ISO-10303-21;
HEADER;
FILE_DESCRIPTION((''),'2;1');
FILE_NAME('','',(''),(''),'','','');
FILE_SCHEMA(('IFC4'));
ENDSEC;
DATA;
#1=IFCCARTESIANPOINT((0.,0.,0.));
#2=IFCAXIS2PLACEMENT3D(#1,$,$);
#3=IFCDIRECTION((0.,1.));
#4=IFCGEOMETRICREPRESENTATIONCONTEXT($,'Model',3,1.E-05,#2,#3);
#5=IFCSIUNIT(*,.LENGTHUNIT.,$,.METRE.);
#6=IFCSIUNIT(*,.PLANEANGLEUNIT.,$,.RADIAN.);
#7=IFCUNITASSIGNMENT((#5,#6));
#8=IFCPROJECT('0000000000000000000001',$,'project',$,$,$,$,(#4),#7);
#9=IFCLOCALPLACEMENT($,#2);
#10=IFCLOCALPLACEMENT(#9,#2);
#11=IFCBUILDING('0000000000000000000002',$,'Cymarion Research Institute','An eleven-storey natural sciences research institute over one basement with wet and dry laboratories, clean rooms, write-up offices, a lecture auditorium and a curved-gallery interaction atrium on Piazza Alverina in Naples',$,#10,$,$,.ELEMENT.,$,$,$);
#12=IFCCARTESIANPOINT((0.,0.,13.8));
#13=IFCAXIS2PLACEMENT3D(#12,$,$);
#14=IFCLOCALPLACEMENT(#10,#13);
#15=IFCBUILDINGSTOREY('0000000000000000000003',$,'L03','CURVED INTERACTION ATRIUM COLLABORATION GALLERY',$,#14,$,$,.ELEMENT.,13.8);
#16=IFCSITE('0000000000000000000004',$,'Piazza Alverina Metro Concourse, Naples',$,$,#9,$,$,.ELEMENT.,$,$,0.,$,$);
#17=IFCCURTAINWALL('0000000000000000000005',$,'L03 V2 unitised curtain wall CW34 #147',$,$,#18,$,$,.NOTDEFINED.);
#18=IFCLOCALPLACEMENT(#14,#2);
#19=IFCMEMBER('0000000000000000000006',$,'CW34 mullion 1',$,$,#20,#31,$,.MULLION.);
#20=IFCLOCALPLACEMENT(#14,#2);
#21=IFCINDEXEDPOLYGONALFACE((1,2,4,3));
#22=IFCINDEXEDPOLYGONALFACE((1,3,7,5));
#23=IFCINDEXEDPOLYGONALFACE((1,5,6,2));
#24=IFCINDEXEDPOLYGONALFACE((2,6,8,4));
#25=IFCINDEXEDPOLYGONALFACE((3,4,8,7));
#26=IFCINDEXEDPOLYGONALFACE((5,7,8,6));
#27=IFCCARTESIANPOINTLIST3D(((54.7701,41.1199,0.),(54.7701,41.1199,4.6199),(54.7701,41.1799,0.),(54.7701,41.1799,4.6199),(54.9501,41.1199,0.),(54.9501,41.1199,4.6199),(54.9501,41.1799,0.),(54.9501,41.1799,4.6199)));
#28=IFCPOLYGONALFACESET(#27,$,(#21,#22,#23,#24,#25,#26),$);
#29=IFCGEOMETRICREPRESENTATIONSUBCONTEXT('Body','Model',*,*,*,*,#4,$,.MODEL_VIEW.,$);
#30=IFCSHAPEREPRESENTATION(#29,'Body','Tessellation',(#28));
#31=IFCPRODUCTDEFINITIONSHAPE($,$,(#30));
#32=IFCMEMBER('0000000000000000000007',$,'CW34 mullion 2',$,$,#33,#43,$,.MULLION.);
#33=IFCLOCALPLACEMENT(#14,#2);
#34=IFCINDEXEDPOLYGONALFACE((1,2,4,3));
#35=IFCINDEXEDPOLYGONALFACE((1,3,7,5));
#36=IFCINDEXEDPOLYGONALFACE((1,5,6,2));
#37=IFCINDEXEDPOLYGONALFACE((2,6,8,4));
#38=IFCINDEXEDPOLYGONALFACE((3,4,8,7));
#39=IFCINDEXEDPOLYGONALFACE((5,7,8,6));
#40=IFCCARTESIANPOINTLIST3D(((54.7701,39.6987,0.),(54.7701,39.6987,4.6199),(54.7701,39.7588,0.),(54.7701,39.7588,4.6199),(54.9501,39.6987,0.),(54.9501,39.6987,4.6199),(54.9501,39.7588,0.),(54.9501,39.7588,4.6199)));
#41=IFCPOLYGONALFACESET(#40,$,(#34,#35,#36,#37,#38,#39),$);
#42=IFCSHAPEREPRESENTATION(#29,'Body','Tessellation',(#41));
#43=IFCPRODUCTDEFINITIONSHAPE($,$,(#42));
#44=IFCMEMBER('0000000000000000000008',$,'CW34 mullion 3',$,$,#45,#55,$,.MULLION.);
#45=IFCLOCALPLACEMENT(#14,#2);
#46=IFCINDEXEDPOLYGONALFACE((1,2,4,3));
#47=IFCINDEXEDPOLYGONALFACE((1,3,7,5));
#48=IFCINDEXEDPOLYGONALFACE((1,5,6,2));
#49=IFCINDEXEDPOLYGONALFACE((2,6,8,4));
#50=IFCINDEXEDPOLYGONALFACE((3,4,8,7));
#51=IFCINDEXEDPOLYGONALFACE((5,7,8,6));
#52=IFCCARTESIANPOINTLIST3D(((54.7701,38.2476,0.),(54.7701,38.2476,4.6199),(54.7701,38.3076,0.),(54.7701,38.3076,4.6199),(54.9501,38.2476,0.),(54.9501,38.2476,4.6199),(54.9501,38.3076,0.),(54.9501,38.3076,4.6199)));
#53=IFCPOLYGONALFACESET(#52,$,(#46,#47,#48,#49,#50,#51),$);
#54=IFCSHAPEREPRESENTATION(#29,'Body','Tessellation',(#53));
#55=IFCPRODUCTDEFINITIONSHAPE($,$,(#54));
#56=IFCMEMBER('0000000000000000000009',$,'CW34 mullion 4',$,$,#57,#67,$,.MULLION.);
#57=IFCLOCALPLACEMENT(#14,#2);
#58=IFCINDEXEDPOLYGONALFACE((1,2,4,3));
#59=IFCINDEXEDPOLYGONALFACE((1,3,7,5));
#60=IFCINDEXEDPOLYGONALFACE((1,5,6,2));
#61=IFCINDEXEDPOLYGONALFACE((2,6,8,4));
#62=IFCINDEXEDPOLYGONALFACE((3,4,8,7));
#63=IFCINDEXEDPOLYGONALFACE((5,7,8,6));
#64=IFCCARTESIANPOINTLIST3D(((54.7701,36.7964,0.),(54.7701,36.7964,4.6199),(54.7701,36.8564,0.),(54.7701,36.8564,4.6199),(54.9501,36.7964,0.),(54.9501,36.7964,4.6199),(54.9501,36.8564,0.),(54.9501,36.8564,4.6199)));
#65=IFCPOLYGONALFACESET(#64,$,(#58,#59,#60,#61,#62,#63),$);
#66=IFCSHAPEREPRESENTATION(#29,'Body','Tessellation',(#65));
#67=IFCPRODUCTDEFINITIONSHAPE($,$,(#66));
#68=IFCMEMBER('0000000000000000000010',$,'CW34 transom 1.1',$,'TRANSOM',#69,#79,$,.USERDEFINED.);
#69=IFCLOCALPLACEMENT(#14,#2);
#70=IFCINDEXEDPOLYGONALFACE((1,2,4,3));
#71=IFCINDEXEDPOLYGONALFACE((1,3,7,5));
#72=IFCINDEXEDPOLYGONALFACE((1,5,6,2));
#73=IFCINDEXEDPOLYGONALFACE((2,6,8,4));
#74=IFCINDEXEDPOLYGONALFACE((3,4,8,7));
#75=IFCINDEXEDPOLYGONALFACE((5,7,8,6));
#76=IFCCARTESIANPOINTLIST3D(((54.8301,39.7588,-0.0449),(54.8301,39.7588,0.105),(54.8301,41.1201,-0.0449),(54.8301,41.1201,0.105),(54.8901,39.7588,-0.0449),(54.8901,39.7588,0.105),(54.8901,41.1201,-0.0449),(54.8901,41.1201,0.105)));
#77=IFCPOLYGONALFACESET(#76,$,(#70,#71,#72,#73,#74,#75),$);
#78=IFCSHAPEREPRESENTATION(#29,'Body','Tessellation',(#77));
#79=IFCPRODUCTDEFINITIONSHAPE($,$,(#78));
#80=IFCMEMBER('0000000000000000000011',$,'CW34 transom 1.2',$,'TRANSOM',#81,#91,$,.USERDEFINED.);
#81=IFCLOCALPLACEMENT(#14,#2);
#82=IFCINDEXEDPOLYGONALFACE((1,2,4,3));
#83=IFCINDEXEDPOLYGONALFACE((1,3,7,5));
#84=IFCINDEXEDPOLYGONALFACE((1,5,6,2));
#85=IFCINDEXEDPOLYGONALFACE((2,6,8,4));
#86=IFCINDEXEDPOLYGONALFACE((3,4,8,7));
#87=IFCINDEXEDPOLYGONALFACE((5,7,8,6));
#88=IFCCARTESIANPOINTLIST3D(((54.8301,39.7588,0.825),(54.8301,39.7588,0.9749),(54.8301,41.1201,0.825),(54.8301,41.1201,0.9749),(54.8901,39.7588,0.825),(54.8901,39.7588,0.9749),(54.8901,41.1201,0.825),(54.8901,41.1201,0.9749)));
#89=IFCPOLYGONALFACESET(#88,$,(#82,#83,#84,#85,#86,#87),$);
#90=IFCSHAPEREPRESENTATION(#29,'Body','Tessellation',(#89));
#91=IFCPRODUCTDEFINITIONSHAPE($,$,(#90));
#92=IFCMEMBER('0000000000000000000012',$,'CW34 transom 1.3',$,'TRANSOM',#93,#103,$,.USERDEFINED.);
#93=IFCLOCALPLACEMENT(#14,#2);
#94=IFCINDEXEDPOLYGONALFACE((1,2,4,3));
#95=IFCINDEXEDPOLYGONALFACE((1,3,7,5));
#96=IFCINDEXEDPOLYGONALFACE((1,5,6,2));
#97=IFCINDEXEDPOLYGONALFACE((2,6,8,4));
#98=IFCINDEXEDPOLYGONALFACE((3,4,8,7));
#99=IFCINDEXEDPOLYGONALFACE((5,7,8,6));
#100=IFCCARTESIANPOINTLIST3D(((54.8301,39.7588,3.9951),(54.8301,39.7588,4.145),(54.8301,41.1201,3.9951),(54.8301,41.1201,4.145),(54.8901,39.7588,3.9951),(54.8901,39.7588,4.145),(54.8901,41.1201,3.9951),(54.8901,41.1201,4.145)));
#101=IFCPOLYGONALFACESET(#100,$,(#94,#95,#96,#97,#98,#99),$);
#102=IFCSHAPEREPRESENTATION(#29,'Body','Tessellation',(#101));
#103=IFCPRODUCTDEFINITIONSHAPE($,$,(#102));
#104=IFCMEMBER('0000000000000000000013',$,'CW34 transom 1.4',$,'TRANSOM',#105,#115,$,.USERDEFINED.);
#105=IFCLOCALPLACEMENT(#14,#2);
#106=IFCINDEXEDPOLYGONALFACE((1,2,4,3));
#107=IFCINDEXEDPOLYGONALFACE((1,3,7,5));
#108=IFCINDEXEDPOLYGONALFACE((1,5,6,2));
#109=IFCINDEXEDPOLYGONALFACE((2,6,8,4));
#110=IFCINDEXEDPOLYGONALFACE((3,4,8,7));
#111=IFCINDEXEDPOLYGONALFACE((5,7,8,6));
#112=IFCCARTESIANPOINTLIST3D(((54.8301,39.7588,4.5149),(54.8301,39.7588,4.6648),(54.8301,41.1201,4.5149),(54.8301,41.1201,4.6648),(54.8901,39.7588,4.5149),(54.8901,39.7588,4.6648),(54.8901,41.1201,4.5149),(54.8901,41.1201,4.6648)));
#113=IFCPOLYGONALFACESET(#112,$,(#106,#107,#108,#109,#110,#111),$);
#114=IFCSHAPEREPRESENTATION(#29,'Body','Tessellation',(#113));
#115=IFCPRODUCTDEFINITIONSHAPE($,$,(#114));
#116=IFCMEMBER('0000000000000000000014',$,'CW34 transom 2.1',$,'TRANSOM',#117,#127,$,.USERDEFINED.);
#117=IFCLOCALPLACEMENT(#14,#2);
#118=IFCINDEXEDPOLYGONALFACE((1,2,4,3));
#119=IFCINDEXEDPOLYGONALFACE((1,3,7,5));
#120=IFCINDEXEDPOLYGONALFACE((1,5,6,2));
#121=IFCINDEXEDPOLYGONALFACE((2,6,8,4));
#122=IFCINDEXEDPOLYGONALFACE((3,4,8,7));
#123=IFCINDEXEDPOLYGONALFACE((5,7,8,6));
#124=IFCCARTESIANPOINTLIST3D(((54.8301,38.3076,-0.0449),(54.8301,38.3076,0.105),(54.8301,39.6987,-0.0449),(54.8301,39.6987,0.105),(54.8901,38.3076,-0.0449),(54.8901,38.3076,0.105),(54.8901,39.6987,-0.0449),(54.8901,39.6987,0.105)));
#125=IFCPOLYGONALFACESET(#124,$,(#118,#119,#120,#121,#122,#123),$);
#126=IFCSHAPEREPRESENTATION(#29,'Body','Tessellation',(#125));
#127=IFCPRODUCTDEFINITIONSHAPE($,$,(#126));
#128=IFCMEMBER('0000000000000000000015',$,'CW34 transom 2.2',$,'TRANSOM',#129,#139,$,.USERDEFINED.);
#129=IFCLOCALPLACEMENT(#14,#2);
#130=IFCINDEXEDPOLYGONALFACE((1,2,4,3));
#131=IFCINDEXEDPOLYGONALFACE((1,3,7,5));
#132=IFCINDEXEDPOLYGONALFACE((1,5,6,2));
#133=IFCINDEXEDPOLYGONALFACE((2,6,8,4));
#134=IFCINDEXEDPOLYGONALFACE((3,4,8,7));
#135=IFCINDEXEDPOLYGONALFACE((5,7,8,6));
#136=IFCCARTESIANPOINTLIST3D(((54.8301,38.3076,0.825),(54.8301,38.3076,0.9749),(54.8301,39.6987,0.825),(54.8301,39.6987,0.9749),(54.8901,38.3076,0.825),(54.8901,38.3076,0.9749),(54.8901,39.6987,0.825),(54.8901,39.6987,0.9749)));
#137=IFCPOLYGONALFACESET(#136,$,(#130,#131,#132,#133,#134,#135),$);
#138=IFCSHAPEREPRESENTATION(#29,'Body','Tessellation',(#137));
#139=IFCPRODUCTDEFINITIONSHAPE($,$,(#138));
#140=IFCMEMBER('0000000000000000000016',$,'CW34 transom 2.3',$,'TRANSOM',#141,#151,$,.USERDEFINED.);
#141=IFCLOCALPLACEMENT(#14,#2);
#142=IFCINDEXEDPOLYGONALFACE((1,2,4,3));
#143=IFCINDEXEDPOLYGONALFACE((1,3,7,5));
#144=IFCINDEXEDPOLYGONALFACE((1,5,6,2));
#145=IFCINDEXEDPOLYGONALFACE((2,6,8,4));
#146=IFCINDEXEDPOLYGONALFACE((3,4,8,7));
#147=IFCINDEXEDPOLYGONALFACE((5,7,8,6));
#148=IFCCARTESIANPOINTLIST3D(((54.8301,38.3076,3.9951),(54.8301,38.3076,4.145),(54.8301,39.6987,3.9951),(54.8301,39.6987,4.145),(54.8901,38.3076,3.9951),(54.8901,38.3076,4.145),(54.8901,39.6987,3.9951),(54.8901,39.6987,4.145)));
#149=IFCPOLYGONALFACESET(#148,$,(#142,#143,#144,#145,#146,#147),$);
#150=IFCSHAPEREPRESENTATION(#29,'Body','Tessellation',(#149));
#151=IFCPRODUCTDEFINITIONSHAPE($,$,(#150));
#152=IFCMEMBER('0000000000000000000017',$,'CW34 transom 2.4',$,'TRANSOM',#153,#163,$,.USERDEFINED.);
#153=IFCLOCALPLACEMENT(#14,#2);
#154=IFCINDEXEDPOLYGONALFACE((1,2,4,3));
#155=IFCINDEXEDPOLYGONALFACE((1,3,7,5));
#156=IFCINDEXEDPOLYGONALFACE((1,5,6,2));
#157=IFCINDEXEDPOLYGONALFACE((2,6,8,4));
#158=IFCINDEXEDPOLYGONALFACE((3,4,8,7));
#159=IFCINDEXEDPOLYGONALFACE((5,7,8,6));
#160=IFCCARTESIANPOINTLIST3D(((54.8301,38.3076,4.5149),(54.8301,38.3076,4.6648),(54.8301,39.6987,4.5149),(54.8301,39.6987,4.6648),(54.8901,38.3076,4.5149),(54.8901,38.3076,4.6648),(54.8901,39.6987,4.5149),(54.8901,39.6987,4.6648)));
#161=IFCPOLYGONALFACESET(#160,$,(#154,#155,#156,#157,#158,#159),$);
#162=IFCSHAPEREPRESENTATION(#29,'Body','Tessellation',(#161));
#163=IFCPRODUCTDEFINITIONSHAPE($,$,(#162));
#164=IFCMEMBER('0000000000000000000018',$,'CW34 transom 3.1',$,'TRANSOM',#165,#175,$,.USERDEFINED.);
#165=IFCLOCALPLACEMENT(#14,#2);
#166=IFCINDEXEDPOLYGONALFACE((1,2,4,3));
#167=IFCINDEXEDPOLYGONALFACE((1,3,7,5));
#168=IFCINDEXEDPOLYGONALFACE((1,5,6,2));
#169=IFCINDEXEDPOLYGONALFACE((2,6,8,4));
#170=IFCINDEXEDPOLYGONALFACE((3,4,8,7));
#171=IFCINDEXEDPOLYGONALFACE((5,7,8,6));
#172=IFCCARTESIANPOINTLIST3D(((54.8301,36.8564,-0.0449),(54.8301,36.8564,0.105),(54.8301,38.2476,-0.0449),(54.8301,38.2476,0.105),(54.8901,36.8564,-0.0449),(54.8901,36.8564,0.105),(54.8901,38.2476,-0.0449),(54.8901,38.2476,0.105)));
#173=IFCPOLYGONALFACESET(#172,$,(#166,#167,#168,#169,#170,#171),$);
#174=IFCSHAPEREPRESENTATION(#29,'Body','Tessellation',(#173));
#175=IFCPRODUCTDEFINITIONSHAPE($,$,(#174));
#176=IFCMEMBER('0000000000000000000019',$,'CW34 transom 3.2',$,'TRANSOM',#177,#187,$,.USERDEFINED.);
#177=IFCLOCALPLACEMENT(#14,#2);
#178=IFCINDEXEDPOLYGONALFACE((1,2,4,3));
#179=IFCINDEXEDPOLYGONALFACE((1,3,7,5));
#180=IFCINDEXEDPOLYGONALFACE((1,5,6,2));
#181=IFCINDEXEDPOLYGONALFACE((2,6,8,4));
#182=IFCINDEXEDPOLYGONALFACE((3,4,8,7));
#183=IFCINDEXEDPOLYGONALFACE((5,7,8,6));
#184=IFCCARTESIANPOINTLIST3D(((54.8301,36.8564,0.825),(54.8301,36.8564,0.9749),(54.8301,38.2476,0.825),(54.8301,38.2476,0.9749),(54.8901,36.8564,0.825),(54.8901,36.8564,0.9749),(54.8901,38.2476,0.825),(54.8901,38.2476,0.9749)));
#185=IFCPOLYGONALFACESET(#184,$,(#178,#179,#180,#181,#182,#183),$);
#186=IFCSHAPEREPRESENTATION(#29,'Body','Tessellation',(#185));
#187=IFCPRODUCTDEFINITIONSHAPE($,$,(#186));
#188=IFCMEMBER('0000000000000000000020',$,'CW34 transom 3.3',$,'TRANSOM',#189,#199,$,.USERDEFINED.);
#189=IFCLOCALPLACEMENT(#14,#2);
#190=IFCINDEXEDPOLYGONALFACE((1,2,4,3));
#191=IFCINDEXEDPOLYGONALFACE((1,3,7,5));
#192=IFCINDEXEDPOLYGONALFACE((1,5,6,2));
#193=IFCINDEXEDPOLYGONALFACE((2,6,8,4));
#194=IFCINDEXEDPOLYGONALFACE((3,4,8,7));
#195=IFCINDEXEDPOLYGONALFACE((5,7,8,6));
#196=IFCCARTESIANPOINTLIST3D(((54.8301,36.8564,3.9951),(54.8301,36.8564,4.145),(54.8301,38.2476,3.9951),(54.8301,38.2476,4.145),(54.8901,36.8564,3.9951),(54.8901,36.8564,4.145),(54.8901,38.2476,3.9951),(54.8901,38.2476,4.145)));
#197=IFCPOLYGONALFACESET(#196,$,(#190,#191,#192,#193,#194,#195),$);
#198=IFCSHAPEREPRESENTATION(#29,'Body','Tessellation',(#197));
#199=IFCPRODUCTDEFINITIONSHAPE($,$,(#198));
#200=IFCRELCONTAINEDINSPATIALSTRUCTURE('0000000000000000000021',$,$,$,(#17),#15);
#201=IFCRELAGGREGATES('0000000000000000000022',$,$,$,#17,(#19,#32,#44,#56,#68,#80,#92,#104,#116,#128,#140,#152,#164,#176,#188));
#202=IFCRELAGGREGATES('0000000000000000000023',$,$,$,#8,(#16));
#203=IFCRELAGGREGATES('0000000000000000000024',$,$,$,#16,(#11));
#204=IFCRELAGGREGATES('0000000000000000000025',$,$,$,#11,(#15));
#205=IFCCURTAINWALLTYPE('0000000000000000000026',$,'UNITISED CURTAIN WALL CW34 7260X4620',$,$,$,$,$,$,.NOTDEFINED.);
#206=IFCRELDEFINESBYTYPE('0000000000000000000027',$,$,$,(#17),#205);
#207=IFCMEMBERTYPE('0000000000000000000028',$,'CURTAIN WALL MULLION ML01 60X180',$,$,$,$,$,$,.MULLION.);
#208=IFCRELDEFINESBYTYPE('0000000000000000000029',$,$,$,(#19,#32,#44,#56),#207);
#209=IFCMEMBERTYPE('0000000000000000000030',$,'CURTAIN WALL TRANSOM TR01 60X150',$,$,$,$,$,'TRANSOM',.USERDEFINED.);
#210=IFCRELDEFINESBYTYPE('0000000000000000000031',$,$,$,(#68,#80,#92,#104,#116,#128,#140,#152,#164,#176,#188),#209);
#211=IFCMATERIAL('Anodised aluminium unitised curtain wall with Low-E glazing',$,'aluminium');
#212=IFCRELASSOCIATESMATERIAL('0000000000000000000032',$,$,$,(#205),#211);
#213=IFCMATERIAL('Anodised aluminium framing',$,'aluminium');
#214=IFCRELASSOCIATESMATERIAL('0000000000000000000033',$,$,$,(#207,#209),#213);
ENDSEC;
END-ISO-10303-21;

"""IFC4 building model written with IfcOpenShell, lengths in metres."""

from ifc_helpers import new_model, si_unit, direction, frame, origin, origin_2d, place, context, subcontext, project, spatial, rectangle, extrude, material, material_profile, profile_set, type_object, element, aggregate, save


model = new_model("IFC4")

# Units and contexts
model_context = context("Model", 3, precision=1e-05, world=origin(), true_north=direction((0.0, 1.0)))
body_context = subcontext(model_context, "Body", "Model", "MODEL_VIEW")
ifc_project = project(units=[si_unit("LENGTHUNIT", "METRE"), si_unit("PLANEANGLEUNIT", "RADIAN")], contexts=[model_context])

# Site, building, storey
site_placement = place(None, origin())
site = spatial("IfcSite", under=ifc_project, at=site_placement, Name="Piazza Alverina Metro Concourse, Naples", CompositionType="ELEMENT", RefElevation=0.0)
building_placement = place(site_placement, origin())
building = spatial("IfcBuilding", under=site, at=building_placement, Name="Cymarion Research Institute", Description="An eleven-storey natural sciences research institute over one basement with wet and dry laboratories, clean rooms, write-up offices, a lecture auditorium and a curved-gallery interaction atrium on Piazza Alverina in Naples", CompositionType="ELEMENT")
storey_placement = place(building_placement, frame((0.0, 0.0, 13.8)))
storey = spatial("IfcBuildingStorey", under=building, at=storey_placement, Name="L03", Description="CURVED INTERACTION ATRIUM COLLABORATION GALLERY", CompositionType="ELEMENT", Elevation=13.8)

# Curtain wall, members
ifc_material_1 = material(Name="Anodised aluminium unitised curtain wall with Low-E glazing", Category="aluminium")
curtain_wall_type = type_object("IfcCurtainWallType", Name="UNITISED CURTAIN WALL CW34 7260X4620", PredefinedType="NOTDEFINED", material=ifc_material_1)
curtain_wall_placement = place(storey_placement, origin())
curtain_wall = element("IfcCurtainWall", 1, at=curtain_wall_placement, inside=storey, type_object=curtain_wall_type, Name="L03 V2 unitised curtain wall CW34 #147", PredefinedType="NOTDEFINED")
ifc_material_2 = material(Name="Anodised aluminium framing", Category="aluminium")
ifc_material_profile_1 = material_profile(ifc_material_2, rectangle(XDim=0.0601, YDim=0.1799, at=origin_2d()), Name="ALU MULLION 60x180")
ifc_profile_set_1 = profile_set([ifc_material_profile_1], Name="Anodised aluminium framing")
member_type_1 = type_object("IfcMemberType", Name="CURTAIN WALL MULLION ML01 60X180", PredefinedType="MULLION", material=ifc_profile_set_1)
member_1_placement = place(storey_placement, frame((54.8601, 41.1499, 0.0), z_axis=(0.0, 0.0, 1.0), x_axis=(0.0, -1.0, 0.0)))
member_1 = element("IfcMember", 2, at=member_1_placement, type_object=member_type_1, Name="CW34 mullion 1", PredefinedType="MULLION", context=body_context, shape_type="SweptSolid", body=[
    extrude(rectangle(XDim=0.0601, YDim=0.1799, at=origin_2d()), origin(), (0.0, 0.0, 1.0), 4.6199),
])
member_2_placement = place(storey_placement, frame((54.8601, 39.7288, 0.0), z_axis=(0.0, 0.0, 1.0), x_axis=(0.0, -1.0, 0.0)))
member_2 = element("IfcMember", 3, at=member_2_placement, type_object=member_type_1, Name="CW34 mullion 2", PredefinedType="MULLION", context=body_context, shape_type="SweptSolid", body=[
    extrude(rectangle(XDim=0.0601, YDim=0.1799, at=origin_2d()), origin(), (0.0, 0.0, 1.0), 4.6199),
])
member_3_placement = place(storey_placement, frame((54.8601, 38.2776, 0.0), z_axis=(0.0, 0.0, 1.0), x_axis=(0.0, -1.0, 0.0)))
member_3 = element("IfcMember", 4, at=member_3_placement, type_object=member_type_1, Name="CW34 mullion 3", PredefinedType="MULLION", context=body_context, shape_type="SweptSolid", body=[
    extrude(rectangle(XDim=0.0601, YDim=0.1799, at=origin_2d()), origin(), (0.0, 0.0, 1.0), 4.6199),
])
member_4_placement = place(storey_placement, frame((54.8601, 36.8264, 0.0), z_axis=(0.0, 0.0, 1.0), x_axis=(0.0, -1.0, 0.0)))
member_4 = element("IfcMember", 5, at=member_4_placement, type_object=member_type_1, Name="CW34 mullion 4", PredefinedType="MULLION", context=body_context, shape_type="SweptSolid", body=[
    extrude(rectangle(XDim=0.0601, YDim=0.1799, at=origin_2d()), origin(), (0.0, 0.0, 1.0), 4.6199),
])
ifc_material_profile_2 = material_profile(ifc_material_2, rectangle(XDim=0.0601, YDim=0.1499, at=origin_2d()), Name="ALU TRANSOM 60x150")
ifc_profile_set_2 = profile_set([ifc_material_profile_2], Name="Anodised aluminium framing")
member_type_2 = type_object("IfcMemberType", Name="CURTAIN WALL TRANSOM TR01 60X150", ElementType="TRANSOM", PredefinedType="USERDEFINED", material=ifc_profile_set_2)
member_5_placement = place(storey_placement, frame((54.8601, 41.1201, 0.03), z_axis=(0.0, -1.0, 0.0), x_axis=(1.0, 0.0, 0.0)))
member_5 = element("IfcMember", 6, at=member_5_placement, type_object=member_type_2, Name="CW34 transom 1.1", ObjectType="TRANSOM", PredefinedType="USERDEFINED", context=body_context, shape_type="SweptSolid", body=[
    extrude(rectangle(XDim=0.0601, YDim=0.1499, at=origin_2d()), origin(), (0.0, 0.0, 1.0), 1.3613),
])
member_6_placement = place(storey_placement, frame((54.8601, 41.1201, 0.8999), z_axis=(0.0, -1.0, 0.0), x_axis=(1.0, 0.0, 0.0)))
member_6 = element("IfcMember", 7, at=member_6_placement, type_object=member_type_2, Name="CW34 transom 1.2", ObjectType="TRANSOM", PredefinedType="USERDEFINED", context=body_context, shape_type="SweptSolid", body=[
    extrude(rectangle(XDim=0.0601, YDim=0.1499, at=origin_2d()), origin(), (0.0, 0.0, 1.0), 1.3613),
])
member_7_placement = place(storey_placement, frame((54.8601, 41.1201, 4.0701), z_axis=(0.0, -1.0, 0.0), x_axis=(1.0, 0.0, 0.0)))
member_7 = element("IfcMember", 8, at=member_7_placement, type_object=member_type_2, Name="CW34 transom 1.3", ObjectType="TRANSOM", PredefinedType="USERDEFINED", context=body_context, shape_type="SweptSolid", body=[
    extrude(rectangle(XDim=0.0601, YDim=0.1499, at=origin_2d()), origin(), (0.0, 0.0, 1.0), 1.3613),
])
member_8_placement = place(storey_placement, frame((54.8601, 41.1201, 4.5898), z_axis=(0.0, -1.0, 0.0), x_axis=(1.0, 0.0, 0.0)))
member_8 = element("IfcMember", 9, at=member_8_placement, type_object=member_type_2, Name="CW34 transom 1.4", ObjectType="TRANSOM", PredefinedType="USERDEFINED", context=body_context, shape_type="SweptSolid", body=[
    extrude(rectangle(XDim=0.0601, YDim=0.1499, at=origin_2d()), origin(), (0.0, 0.0, 1.0), 1.3613),
])
member_9_placement = place(storey_placement, frame((54.8601, 39.6987, 0.03), z_axis=(0.0, -1.0, 0.0), x_axis=(1.0, 0.0, 0.0)))
member_9 = element("IfcMember", 10, at=member_9_placement, type_object=member_type_2, Name="CW34 transom 2.1", ObjectType="TRANSOM", PredefinedType="USERDEFINED", context=body_context, shape_type="SweptSolid", body=[
    extrude(rectangle(XDim=0.0601, YDim=0.1499, at=origin_2d()), origin(), (0.0, 0.0, 1.0), 1.3911),
])
member_10_placement = place(storey_placement, frame((54.8601, 39.6987, 0.8999), z_axis=(0.0, -1.0, 0.0), x_axis=(1.0, 0.0, 0.0)))
member_10 = element("IfcMember", 11, at=member_10_placement, type_object=member_type_2, Name="CW34 transom 2.2", ObjectType="TRANSOM", PredefinedType="USERDEFINED", context=body_context, shape_type="SweptSolid", body=[
    extrude(rectangle(XDim=0.0601, YDim=0.1499, at=origin_2d()), origin(), (0.0, 0.0, 1.0), 1.3911),
])
member_11_placement = place(storey_placement, frame((54.8601, 39.6987, 4.0701), z_axis=(0.0, -1.0, 0.0), x_axis=(1.0, 0.0, 0.0)))
member_11 = element("IfcMember", 12, at=member_11_placement, type_object=member_type_2, Name="CW34 transom 2.3", ObjectType="TRANSOM", PredefinedType="USERDEFINED", context=body_context, shape_type="SweptSolid", body=[
    extrude(rectangle(XDim=0.0601, YDim=0.1499, at=origin_2d()), origin(), (0.0, 0.0, 1.0), 1.3911),
])
member_12_placement = place(storey_placement, frame((54.8601, 39.6987, 4.5898), z_axis=(0.0, -1.0, 0.0), x_axis=(1.0, 0.0, 0.0)))
member_12 = element("IfcMember", 13, at=member_12_placement, type_object=member_type_2, Name="CW34 transom 2.4", ObjectType="TRANSOM", PredefinedType="USERDEFINED", context=body_context, shape_type="SweptSolid", body=[
    extrude(rectangle(XDim=0.0601, YDim=0.1499, at=origin_2d()), origin(), (0.0, 0.0, 1.0), 1.3911),
])
member_13_placement = place(storey_placement, frame((54.8601, 38.2476, 0.03), z_axis=(0.0, -1.0, 0.0), x_axis=(1.0, 0.0, 0.0)))
member_13 = element("IfcMember", 14, at=member_13_placement, type_object=member_type_2, Name="CW34 transom 3.1", ObjectType="TRANSOM", PredefinedType="USERDEFINED", context=body_context, shape_type="SweptSolid", body=[
    extrude(rectangle(XDim=0.0601, YDim=0.1499, at=origin_2d()), origin(), (0.0, 0.0, 1.0), 1.3911),
])
member_14_placement = place(storey_placement, frame((54.8601, 38.2476, 0.8999), z_axis=(0.0, -1.0, 0.0), x_axis=(1.0, 0.0, 0.0)))
member_14 = element("IfcMember", 15, at=member_14_placement, type_object=member_type_2, Name="CW34 transom 3.2", ObjectType="TRANSOM", PredefinedType="USERDEFINED", context=body_context, shape_type="SweptSolid", body=[
    extrude(rectangle(XDim=0.0601, YDim=0.1499, at=origin_2d()), origin(), (0.0, 0.0, 1.0), 1.3911),
])
member_15_placement = place(storey_placement, frame((54.8601, 38.2476, 4.0701), z_axis=(0.0, -1.0, 0.0), x_axis=(1.0, 0.0, 0.0)))
member_15 = element("IfcMember", 16, at=member_15_placement, type_object=member_type_2, Name="CW34 transom 3.3", ObjectType="TRANSOM", PredefinedType="USERDEFINED", context=body_context, shape_type="SweptSolid", body=[
    extrude(rectangle(XDim=0.0601, YDim=0.1499, at=origin_2d()), origin(), (0.0, 0.0, 1.0), 1.3911),
])
aggregate(curtain_wall, [member_1, member_2, member_3, member_4, member_5, member_6, member_7, member_8, member_9, member_10, member_11, member_12, member_13, member_14, member_15])

save(model, "model.ifc")
